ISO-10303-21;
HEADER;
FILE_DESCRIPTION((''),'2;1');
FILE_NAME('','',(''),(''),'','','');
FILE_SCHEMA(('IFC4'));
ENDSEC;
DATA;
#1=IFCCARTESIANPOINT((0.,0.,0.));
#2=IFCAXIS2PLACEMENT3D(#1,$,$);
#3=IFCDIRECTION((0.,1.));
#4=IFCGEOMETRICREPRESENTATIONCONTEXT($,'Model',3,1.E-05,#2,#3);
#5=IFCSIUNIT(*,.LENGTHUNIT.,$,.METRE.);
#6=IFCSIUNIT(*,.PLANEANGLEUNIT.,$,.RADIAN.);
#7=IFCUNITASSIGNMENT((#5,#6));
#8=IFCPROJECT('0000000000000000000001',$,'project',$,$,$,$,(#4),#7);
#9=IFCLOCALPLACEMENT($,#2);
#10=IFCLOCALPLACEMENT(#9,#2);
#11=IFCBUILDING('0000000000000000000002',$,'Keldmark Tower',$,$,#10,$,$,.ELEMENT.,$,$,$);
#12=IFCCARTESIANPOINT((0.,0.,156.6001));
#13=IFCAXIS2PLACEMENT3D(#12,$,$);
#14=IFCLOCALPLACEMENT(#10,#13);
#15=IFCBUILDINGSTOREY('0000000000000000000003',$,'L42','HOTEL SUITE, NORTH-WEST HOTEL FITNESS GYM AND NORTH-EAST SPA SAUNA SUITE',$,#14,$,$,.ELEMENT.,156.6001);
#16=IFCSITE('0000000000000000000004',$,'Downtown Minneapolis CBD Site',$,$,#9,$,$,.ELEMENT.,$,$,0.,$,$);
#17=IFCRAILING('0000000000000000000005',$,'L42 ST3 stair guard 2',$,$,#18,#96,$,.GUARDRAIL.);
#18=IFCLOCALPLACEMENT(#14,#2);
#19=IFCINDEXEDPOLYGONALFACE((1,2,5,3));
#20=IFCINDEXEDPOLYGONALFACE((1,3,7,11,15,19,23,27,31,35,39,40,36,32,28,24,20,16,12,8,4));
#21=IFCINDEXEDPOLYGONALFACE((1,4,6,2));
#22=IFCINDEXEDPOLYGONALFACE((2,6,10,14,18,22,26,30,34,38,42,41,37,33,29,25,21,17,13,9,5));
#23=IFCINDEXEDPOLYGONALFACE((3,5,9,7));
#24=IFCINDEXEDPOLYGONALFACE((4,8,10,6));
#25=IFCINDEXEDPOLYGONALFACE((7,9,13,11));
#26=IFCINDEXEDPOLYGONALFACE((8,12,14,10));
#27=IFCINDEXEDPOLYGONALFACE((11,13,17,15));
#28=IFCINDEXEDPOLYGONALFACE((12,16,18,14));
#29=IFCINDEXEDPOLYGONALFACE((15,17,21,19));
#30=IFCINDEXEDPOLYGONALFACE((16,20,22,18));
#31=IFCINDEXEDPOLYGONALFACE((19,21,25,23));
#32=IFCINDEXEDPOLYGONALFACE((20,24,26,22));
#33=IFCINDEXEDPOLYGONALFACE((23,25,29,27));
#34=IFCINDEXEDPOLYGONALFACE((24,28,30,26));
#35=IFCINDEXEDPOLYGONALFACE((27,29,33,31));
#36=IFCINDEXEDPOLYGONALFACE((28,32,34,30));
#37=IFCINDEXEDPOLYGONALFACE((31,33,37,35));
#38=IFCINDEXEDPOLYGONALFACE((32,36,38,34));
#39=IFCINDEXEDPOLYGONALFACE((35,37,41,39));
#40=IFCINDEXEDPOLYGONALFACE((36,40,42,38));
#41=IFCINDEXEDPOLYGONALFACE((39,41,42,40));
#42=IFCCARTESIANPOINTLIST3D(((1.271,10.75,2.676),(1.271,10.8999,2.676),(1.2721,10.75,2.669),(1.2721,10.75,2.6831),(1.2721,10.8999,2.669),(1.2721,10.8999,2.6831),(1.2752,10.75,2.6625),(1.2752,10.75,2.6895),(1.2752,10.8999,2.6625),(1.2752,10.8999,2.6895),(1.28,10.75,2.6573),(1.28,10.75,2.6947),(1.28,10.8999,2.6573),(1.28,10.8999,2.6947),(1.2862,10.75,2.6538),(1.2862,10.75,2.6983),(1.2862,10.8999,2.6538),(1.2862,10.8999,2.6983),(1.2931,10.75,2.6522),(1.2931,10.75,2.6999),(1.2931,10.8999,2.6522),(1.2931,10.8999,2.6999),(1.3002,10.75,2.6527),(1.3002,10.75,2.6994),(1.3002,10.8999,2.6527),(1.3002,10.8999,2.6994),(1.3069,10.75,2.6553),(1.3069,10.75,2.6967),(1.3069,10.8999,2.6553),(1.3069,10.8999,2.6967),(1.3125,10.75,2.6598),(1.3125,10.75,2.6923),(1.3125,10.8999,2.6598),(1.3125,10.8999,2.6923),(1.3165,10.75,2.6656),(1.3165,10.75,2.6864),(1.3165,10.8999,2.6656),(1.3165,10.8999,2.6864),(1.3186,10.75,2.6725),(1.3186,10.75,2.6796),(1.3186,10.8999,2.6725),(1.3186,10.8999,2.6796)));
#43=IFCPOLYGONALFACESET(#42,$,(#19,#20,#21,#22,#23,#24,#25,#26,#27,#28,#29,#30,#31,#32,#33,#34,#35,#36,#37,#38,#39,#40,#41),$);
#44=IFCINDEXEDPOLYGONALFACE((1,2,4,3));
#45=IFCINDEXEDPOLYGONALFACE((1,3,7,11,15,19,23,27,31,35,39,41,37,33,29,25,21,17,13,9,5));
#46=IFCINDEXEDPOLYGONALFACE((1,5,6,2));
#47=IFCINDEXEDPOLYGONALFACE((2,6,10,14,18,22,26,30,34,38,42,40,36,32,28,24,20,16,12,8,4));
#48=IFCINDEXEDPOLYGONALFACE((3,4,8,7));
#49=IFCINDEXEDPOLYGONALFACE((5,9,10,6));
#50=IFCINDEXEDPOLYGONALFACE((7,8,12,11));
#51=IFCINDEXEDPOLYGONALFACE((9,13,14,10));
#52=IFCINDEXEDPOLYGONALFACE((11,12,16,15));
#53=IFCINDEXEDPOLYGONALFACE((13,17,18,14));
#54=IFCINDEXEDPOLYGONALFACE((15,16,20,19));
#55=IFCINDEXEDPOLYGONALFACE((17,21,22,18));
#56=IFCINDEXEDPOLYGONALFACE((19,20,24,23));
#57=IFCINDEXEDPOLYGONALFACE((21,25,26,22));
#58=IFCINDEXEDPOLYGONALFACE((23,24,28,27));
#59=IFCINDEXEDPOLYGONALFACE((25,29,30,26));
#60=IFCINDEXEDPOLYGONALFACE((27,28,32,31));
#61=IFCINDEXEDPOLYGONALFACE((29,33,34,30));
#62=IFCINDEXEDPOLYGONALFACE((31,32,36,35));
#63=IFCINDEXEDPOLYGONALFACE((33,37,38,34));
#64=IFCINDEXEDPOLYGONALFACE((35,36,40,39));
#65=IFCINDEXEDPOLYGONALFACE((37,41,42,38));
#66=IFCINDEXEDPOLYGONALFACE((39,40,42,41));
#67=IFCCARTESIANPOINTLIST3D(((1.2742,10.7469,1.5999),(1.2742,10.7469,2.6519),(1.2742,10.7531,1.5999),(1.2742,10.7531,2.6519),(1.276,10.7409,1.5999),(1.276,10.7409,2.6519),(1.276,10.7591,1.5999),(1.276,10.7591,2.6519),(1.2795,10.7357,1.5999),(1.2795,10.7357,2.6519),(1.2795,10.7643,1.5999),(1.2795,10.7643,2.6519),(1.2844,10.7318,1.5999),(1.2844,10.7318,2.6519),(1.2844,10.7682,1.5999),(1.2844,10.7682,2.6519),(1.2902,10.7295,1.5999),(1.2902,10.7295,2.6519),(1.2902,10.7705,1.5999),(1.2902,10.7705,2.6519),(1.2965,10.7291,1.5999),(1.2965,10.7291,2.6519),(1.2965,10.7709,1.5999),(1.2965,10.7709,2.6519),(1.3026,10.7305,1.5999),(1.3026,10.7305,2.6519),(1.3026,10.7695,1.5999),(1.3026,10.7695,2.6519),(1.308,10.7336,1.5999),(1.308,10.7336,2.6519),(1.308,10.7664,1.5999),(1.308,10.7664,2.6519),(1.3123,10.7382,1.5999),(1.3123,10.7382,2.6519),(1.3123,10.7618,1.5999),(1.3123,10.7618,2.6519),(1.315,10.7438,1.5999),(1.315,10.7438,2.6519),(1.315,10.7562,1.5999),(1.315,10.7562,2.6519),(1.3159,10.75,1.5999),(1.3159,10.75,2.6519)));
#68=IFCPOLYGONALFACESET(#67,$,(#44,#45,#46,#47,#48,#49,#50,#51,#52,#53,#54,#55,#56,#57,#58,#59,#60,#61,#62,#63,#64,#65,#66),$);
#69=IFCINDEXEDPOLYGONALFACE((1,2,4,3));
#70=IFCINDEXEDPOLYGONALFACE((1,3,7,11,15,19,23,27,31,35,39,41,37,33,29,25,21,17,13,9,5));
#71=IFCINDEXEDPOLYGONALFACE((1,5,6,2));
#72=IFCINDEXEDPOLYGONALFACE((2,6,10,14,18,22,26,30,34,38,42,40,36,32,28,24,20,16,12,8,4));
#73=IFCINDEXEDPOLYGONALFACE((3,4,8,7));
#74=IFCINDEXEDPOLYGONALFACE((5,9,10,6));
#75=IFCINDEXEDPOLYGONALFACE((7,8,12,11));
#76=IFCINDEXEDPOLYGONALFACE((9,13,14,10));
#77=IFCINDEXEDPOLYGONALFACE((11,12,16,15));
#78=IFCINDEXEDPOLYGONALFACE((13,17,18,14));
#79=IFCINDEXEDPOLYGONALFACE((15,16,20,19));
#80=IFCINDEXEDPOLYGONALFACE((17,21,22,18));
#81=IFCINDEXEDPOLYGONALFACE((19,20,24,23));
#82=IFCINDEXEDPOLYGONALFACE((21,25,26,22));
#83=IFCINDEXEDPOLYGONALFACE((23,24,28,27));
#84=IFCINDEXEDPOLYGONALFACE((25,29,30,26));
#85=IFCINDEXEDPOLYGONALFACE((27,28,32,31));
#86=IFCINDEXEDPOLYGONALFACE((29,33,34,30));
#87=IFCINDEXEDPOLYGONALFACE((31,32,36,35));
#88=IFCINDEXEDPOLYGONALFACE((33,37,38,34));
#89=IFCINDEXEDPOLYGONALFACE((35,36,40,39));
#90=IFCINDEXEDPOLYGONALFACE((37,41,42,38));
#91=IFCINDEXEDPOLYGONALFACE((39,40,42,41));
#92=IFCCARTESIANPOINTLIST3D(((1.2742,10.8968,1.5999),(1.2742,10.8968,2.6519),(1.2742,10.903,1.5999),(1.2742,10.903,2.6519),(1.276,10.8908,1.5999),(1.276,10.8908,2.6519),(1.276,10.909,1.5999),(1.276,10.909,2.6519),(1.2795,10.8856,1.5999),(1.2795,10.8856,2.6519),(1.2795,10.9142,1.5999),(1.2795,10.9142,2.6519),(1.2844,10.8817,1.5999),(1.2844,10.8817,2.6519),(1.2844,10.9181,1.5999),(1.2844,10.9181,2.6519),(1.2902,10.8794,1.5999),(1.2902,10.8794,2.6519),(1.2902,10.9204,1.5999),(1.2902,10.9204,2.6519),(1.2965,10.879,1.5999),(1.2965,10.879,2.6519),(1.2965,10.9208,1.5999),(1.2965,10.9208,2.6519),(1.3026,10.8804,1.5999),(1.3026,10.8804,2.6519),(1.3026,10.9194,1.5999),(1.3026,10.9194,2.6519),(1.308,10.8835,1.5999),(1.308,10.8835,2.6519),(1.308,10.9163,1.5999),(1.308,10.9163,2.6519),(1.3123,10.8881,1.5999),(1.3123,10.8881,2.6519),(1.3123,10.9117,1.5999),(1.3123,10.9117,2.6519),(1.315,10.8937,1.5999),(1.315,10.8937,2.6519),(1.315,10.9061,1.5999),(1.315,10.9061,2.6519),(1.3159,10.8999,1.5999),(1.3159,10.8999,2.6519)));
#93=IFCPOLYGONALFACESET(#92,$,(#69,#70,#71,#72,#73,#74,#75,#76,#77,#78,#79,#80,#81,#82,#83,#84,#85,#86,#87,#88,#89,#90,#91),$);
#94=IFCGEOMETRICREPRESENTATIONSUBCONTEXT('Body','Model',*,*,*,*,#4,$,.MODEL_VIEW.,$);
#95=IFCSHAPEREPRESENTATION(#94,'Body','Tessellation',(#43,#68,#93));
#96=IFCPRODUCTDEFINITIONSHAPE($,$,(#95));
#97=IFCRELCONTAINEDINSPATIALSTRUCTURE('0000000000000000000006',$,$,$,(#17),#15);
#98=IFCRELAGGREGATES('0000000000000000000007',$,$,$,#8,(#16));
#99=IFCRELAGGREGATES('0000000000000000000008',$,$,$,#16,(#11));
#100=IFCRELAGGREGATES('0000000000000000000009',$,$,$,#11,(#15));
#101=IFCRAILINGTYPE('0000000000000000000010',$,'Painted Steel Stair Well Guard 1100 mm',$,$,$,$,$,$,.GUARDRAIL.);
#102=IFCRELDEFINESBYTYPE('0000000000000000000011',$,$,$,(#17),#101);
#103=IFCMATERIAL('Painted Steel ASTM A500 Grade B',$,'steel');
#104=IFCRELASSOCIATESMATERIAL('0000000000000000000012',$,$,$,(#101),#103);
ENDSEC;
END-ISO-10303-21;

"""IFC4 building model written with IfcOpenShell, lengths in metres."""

from ifc_helpers import new_model, si_unit, direction, frame, origin, origin_2d, place, context, subcontext, project, spatial, circle, extrude, material, type_object, element, save


model = new_model("IFC4")

# Units and contexts
model_context = context("Model", 3, precision=1e-05, world=origin(), true_north=direction((0.0, 1.0)))
body_context = subcontext(model_context, "Body", "Model", "MODEL_VIEW")
ifc_project = project(units=[si_unit("LENGTHUNIT", "METRE"), si_unit("PLANEANGLEUNIT", "RADIAN")], contexts=[model_context])

# Site, building, storey
site_placement = place(None, origin())
site = spatial("IfcSite", under=ifc_project, at=site_placement, Name="Downtown Minneapolis CBD Site", CompositionType="ELEMENT", RefElevation=0.0)
building_placement = place(site_placement, origin())
building = spatial("IfcBuilding", under=site, at=building_placement, Name="Keldmark Tower", CompositionType="ELEMENT")
storey_placement = place(building_placement, frame((0.0, 0.0, 156.6001)))
storey = spatial("IfcBuildingStorey", under=building, at=storey_placement, Name="L42", Description="HOTEL SUITE, NORTH-WEST HOTEL FITNESS GYM AND NORTH-EAST SPA SAUNA SUITE", CompositionType="ELEMENT", Elevation=156.6001)

# Railing
ifc_material_1 = material(Name="Painted Steel ASTM A500 Grade B", Category="steel")
railing_type_1 = type_object("IfcRailingType", Name="Painted Steel Stair Well Guard 1100 mm", PredefinedType="GUARDRAIL", material=ifc_material_1)
railing_1_placement = place(storey_placement, frame((1.2949, 10.75, 1.5999)))
element("IfcRailing", 1, at=railing_1_placement, inside=storey, type_object=railing_type_1, Name="L42 ST3 stair guard 2", PredefinedType="GUARDRAIL", context=body_context, shape_type="SweptSolid", body=[
    extrude(circle(Radius=0.0239, at=origin_2d()), frame((0.0, 0.0, 1.0762), z_axis=(0.0, 1.0, 0.0), x_axis=(-1.0, 0.0, 0.0)), (0.0, 0.0, 1.0), 0.1499),
    extrude(circle(Radius=0.021, at=origin_2d()), origin(), (0.0, 0.0, 1.0), 1.052),
    extrude(circle(Radius=0.021, at=origin_2d()), frame((0.0, 0.1499, 0.0)), (0.0, 0.0, 1.0), 1.052),
])

save(model, "model.ifc")
